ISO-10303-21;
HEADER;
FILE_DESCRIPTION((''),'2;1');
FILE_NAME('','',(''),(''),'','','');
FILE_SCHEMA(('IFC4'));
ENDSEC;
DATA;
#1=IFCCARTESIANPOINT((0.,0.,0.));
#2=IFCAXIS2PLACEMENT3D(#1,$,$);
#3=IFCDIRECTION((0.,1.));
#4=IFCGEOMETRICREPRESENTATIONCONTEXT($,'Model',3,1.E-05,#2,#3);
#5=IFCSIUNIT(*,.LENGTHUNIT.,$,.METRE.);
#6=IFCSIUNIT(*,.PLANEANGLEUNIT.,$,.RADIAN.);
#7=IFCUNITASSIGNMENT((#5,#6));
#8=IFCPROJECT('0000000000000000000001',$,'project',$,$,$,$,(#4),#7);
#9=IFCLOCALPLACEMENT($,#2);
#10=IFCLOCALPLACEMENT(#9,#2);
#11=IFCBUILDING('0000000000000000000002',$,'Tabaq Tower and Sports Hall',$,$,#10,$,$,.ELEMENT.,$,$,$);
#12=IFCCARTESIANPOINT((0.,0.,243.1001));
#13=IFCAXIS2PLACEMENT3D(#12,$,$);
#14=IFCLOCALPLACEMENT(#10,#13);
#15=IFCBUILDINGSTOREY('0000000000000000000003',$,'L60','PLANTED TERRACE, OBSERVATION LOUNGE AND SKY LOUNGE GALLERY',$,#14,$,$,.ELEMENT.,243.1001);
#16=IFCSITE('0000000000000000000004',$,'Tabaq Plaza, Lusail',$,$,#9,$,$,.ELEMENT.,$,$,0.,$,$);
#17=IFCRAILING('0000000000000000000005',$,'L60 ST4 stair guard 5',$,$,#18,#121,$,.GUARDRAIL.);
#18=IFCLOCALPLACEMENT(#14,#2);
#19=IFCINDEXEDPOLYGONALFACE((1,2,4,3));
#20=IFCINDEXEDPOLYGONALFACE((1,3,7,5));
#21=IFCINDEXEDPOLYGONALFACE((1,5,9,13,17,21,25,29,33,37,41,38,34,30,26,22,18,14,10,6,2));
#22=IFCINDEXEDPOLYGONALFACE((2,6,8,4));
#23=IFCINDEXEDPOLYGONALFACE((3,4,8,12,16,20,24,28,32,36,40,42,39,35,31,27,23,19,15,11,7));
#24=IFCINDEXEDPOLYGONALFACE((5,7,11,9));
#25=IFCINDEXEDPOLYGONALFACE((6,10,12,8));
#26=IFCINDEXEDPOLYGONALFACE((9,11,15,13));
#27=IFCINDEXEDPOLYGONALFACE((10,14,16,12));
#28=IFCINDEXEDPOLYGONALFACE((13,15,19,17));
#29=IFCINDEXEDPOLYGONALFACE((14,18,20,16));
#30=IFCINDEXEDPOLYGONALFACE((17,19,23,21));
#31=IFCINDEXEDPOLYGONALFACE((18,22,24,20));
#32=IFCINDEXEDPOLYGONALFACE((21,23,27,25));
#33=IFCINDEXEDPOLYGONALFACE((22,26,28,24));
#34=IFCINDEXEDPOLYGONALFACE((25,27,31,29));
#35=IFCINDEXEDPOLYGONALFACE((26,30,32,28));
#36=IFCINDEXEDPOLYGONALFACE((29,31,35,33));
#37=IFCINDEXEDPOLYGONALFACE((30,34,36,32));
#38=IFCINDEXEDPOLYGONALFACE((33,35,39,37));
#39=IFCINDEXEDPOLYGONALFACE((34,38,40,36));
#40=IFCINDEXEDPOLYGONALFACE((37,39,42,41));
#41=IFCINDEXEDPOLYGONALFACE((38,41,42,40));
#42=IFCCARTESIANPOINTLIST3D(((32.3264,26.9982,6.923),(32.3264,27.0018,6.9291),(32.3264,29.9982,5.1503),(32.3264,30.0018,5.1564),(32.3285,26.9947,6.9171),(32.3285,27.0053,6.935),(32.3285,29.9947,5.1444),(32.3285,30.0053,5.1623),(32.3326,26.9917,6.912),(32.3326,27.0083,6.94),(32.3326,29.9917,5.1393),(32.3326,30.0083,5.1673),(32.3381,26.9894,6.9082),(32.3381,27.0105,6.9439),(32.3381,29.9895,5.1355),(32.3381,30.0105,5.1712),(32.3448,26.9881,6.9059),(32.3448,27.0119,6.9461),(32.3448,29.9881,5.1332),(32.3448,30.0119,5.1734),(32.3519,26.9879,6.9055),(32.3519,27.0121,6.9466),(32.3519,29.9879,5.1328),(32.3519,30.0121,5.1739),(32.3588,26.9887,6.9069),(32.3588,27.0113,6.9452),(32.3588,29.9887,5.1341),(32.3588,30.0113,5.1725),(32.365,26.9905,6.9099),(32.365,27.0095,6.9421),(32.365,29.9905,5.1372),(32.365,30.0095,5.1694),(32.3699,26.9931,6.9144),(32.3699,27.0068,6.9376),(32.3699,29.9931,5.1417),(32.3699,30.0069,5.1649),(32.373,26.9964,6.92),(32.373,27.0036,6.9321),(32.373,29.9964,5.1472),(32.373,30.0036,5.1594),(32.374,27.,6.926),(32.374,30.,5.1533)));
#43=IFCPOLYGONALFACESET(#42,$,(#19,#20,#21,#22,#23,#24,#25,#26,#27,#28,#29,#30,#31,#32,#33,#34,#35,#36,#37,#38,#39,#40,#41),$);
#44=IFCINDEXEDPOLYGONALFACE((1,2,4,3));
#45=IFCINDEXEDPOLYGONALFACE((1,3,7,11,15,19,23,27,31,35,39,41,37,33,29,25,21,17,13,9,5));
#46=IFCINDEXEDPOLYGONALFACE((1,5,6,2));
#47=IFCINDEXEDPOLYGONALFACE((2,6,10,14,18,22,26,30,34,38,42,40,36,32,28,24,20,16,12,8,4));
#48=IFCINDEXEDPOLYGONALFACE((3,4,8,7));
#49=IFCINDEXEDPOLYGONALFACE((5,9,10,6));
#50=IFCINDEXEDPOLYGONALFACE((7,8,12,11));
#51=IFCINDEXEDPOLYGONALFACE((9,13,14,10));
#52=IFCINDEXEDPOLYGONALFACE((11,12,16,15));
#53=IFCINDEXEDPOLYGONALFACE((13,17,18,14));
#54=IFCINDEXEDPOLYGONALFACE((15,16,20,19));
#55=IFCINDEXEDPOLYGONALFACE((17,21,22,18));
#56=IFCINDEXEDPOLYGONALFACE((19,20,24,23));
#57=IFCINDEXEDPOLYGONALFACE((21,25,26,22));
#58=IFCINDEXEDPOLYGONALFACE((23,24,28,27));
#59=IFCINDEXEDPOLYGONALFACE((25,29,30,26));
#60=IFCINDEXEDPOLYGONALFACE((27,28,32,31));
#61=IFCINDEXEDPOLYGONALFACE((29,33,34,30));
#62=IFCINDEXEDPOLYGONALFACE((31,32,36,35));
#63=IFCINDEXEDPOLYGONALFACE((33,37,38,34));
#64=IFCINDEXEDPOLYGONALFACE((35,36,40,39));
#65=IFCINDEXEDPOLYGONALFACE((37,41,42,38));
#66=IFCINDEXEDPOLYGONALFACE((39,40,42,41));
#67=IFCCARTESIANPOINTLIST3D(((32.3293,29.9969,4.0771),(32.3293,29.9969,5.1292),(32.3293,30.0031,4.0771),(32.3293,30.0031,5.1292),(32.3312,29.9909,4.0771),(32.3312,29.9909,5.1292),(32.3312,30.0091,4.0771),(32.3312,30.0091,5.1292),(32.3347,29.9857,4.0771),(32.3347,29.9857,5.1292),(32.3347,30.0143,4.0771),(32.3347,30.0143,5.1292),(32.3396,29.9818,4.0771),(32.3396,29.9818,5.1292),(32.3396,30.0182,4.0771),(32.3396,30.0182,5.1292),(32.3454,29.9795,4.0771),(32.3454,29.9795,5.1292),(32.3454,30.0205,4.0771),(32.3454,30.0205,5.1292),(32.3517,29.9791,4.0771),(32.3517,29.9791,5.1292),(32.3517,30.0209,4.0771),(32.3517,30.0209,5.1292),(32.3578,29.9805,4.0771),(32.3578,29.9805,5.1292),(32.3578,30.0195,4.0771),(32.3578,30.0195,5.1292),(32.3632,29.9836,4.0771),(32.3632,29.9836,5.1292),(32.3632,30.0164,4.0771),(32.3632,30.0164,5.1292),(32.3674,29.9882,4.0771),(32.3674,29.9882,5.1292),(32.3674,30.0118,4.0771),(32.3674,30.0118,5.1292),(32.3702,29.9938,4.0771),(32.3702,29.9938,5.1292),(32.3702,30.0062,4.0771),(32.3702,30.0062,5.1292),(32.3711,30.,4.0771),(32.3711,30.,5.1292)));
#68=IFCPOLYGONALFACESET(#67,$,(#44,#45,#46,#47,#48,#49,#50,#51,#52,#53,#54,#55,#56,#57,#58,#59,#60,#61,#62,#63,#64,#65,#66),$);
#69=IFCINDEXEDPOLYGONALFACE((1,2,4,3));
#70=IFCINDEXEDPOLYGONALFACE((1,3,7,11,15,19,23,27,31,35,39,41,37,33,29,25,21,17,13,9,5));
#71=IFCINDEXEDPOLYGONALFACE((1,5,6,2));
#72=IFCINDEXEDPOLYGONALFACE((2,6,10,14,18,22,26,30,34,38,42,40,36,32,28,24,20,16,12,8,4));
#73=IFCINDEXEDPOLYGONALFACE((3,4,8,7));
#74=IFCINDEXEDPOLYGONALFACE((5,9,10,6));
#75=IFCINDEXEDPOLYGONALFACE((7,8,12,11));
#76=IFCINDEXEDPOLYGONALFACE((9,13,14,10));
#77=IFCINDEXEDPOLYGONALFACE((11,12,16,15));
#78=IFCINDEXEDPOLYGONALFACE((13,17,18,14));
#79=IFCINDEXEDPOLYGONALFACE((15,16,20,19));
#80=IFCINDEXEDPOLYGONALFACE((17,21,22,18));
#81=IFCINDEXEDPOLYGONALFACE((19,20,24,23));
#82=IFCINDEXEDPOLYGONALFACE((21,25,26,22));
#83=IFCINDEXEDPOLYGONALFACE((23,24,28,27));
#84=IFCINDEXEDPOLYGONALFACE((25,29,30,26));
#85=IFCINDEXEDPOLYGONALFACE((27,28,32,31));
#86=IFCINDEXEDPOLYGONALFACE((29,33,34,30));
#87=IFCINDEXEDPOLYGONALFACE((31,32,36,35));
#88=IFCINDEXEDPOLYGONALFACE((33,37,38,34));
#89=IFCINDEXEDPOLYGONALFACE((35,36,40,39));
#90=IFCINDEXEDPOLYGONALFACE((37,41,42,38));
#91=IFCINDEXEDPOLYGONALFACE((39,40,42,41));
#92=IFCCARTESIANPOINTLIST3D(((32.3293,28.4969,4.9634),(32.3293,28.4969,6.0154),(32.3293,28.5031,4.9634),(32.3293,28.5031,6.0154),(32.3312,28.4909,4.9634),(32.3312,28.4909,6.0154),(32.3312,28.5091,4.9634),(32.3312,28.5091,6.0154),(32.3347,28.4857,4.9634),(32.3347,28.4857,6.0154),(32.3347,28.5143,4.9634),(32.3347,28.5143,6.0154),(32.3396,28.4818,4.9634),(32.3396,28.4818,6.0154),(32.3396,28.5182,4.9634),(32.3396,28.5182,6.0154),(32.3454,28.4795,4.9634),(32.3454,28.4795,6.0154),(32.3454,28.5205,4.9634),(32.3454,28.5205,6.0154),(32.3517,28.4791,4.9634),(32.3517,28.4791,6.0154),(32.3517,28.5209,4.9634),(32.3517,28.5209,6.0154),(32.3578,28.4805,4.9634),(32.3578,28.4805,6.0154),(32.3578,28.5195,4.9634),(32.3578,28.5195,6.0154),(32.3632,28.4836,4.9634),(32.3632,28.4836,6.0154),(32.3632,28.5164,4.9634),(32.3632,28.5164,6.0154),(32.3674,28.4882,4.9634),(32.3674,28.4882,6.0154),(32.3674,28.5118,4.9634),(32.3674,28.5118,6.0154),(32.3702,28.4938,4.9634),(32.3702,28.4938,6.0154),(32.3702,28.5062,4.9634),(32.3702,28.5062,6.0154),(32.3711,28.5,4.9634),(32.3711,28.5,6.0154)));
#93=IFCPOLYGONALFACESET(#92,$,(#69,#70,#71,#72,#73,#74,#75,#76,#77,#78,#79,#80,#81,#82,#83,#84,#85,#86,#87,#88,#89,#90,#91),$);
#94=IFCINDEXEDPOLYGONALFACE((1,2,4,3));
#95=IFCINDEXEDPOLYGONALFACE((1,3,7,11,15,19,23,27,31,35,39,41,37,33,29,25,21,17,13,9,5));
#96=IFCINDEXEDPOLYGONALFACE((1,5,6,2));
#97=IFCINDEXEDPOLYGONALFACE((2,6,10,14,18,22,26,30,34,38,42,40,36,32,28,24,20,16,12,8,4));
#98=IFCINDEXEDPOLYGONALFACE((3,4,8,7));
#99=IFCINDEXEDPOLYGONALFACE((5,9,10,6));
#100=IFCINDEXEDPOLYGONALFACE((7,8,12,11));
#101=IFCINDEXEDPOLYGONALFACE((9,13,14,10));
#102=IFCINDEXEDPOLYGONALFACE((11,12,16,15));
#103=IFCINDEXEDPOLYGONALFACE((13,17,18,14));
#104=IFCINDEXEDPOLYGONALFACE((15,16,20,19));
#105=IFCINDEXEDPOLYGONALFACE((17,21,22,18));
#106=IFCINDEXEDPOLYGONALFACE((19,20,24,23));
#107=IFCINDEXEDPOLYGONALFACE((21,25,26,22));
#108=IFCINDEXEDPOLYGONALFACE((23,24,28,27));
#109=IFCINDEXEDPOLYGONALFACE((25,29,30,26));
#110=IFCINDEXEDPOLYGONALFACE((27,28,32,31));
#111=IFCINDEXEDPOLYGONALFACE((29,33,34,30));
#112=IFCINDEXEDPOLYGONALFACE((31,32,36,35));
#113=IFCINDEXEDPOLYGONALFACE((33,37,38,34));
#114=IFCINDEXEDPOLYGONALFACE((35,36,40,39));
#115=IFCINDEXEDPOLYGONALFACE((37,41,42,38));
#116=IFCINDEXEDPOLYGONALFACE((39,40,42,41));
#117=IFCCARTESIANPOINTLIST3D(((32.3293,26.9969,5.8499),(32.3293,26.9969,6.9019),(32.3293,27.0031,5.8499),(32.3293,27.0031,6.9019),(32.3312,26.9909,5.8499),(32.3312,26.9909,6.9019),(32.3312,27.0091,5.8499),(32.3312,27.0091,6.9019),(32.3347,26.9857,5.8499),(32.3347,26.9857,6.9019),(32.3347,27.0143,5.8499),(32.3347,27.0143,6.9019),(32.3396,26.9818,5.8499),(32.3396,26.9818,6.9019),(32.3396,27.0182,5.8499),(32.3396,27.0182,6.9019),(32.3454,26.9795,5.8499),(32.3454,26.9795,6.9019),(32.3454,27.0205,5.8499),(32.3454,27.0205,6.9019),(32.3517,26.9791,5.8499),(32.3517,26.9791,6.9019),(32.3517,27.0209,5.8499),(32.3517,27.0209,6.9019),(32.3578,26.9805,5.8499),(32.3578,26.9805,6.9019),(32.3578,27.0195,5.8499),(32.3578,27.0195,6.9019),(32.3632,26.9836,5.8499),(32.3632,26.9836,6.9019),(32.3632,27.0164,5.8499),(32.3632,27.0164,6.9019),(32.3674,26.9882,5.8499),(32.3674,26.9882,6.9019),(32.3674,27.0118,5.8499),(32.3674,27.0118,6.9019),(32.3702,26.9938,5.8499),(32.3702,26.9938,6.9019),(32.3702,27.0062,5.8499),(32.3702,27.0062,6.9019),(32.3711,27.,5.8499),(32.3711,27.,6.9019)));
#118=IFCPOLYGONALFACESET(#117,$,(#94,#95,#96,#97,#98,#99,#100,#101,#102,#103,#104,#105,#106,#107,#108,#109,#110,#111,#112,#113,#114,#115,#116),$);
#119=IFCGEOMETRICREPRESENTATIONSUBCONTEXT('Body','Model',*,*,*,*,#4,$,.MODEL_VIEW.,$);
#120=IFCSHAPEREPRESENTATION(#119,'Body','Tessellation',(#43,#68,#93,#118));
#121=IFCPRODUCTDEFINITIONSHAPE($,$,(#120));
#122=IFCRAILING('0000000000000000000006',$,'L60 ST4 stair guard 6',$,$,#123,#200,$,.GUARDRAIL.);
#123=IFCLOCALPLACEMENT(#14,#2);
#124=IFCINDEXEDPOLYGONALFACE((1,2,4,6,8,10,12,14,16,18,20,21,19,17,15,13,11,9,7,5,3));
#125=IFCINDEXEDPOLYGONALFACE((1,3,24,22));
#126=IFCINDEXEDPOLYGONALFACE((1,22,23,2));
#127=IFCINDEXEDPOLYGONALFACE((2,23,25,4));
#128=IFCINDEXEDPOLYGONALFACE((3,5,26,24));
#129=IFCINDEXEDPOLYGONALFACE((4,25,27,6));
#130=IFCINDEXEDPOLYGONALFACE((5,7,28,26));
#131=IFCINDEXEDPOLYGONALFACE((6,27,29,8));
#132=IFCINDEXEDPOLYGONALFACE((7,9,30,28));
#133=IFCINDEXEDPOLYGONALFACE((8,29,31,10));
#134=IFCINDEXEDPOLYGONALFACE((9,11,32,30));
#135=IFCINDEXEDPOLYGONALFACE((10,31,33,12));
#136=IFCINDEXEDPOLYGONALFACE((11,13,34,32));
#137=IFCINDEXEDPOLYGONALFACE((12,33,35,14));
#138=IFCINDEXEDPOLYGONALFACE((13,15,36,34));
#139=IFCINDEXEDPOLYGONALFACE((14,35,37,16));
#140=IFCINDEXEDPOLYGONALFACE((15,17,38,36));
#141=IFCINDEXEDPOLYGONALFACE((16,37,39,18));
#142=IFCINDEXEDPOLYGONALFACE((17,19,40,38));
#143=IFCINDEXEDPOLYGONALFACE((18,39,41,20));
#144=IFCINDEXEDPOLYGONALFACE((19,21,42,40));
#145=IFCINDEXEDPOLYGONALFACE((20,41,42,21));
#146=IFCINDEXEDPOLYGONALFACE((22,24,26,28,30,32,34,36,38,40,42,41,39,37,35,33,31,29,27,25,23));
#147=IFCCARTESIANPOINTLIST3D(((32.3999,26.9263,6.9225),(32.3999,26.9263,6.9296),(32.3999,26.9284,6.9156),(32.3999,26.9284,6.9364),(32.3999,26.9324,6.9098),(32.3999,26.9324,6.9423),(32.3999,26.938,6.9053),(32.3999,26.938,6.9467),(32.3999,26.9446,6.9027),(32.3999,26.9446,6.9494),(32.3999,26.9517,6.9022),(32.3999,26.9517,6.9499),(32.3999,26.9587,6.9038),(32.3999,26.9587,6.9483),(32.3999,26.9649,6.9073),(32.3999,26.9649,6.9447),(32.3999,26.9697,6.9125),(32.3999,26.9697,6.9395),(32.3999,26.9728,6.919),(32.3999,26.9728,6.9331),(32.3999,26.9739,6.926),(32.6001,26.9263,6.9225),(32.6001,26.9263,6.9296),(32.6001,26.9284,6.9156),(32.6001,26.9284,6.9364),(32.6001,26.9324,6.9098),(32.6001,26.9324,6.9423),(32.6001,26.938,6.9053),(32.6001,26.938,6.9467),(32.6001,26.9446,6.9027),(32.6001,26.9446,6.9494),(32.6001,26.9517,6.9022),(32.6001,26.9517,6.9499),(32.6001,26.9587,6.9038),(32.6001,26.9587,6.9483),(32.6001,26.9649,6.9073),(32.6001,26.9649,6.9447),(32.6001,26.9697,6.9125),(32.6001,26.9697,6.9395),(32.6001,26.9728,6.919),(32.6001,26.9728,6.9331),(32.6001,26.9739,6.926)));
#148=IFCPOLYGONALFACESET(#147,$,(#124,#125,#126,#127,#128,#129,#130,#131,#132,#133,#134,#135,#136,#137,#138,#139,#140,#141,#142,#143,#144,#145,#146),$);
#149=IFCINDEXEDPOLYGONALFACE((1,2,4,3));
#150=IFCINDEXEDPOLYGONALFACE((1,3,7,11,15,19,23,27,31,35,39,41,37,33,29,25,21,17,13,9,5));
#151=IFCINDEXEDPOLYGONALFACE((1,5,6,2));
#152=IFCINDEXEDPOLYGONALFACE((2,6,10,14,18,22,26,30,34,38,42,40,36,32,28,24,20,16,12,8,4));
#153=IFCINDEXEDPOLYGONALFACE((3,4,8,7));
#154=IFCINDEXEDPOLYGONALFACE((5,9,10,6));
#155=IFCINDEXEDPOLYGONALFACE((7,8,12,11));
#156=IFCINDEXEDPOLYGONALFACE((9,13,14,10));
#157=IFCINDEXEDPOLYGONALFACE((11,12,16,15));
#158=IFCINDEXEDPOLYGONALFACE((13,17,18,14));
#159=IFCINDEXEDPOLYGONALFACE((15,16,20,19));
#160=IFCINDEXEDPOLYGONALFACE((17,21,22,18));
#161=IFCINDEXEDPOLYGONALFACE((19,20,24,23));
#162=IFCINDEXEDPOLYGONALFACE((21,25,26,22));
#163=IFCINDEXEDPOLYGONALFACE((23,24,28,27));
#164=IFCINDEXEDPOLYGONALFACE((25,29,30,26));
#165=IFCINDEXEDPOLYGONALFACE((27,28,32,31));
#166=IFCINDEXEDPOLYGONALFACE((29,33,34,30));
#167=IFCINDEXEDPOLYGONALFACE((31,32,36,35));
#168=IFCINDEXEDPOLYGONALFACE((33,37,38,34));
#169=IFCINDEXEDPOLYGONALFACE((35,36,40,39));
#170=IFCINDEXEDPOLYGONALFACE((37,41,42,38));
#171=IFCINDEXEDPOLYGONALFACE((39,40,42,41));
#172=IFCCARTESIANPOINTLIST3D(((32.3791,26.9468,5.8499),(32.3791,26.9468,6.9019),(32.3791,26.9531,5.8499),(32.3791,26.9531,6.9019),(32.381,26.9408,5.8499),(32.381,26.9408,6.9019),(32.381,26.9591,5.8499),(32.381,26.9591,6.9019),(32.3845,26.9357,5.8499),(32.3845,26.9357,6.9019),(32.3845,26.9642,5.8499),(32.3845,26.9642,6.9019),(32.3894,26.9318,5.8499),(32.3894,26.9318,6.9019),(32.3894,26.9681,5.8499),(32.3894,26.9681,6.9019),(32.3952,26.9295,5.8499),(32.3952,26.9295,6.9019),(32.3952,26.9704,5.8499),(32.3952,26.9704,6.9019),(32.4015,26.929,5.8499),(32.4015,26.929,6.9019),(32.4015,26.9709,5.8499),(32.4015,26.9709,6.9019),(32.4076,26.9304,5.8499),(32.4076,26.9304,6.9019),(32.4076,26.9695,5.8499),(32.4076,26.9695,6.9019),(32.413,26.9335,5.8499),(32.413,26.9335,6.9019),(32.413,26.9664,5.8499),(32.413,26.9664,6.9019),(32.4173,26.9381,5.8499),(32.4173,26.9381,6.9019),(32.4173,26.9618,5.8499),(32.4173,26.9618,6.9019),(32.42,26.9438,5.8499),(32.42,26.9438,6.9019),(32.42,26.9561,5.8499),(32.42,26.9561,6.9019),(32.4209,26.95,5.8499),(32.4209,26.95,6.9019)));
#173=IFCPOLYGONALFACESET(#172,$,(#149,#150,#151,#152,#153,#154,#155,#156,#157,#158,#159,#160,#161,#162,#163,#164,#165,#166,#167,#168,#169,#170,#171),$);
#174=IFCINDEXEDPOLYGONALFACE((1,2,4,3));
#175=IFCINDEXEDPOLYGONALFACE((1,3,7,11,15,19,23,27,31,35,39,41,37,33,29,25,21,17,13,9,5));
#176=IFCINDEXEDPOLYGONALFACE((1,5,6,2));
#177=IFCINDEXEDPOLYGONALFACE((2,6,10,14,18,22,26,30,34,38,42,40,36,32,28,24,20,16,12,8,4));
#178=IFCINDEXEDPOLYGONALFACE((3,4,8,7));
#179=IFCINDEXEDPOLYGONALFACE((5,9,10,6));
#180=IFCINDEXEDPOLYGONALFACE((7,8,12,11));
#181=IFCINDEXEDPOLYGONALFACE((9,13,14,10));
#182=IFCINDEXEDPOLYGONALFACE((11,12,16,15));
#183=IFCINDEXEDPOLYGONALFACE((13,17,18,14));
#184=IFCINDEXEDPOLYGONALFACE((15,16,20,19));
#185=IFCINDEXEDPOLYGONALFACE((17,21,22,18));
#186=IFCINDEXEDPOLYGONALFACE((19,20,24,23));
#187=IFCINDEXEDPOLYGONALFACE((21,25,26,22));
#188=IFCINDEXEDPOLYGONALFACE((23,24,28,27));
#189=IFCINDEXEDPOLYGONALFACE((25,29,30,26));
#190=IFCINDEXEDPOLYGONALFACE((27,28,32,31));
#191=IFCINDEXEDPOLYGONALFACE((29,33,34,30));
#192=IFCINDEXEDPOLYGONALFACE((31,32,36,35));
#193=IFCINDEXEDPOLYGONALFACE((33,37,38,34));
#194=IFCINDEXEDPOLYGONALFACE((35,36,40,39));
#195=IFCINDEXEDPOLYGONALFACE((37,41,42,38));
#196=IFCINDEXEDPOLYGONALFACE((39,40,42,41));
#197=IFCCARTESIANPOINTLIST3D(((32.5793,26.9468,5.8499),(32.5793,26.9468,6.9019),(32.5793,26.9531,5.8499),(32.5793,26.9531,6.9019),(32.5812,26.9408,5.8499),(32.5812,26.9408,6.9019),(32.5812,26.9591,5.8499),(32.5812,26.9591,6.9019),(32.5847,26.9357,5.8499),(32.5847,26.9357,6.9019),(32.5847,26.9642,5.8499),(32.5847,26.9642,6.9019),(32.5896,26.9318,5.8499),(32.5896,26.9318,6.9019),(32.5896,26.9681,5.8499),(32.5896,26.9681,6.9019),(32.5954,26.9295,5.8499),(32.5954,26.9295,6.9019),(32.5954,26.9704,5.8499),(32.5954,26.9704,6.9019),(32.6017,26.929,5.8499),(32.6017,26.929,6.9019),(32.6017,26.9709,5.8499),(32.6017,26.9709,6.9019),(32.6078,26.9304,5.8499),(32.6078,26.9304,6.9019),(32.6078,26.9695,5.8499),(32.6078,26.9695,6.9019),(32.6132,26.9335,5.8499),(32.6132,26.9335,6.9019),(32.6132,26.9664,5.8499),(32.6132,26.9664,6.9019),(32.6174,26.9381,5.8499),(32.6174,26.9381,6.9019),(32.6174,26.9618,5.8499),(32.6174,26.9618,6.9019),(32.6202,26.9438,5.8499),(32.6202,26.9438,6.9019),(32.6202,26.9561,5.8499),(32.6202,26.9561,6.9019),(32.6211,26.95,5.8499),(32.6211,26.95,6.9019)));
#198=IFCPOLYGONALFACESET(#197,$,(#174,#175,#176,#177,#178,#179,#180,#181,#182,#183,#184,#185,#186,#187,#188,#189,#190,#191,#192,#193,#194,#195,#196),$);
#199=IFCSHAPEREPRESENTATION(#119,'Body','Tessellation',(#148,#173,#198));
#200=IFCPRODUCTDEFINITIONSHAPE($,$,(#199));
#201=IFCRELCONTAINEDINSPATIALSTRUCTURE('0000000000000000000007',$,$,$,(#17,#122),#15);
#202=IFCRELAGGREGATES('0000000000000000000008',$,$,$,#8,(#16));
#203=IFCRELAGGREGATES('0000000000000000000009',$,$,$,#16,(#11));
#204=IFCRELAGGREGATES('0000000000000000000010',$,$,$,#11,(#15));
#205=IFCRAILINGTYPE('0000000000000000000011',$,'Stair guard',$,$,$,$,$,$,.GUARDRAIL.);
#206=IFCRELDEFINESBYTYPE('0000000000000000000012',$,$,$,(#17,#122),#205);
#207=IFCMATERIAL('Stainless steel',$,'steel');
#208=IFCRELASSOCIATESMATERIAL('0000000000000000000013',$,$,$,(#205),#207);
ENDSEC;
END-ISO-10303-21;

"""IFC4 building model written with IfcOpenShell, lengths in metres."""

from ifc_helpers import new_model, si_unit, direction, frame, origin, origin_2d, place, context, subcontext, project, spatial, circle, extrude, material, type_object, element, save


model = new_model("IFC4")

# Units and contexts
model_context = context("Model", 3, precision=1e-05, world=origin(), true_north=direction((0.0, 1.0)))
body_context = subcontext(model_context, "Body", "Model", "MODEL_VIEW")
ifc_project = project(units=[si_unit("LENGTHUNIT", "METRE"), si_unit("PLANEANGLEUNIT", "RADIAN")], contexts=[model_context])

# Site, building, storey
site_placement = place(None, origin())
site = spatial("IfcSite", under=ifc_project, at=site_placement, Name="Tabaq Plaza, Lusail", CompositionType="ELEMENT", RefElevation=0.0)
building_placement = place(site_placement, origin())
building = spatial("IfcBuilding", under=site, at=building_placement, Name="Tabaq Tower and Sports Hall", CompositionType="ELEMENT")
storey_placement = place(building_placement, frame((0.0, 0.0, 243.1001)))
storey = spatial("IfcBuildingStorey", under=building, at=storey_placement, Name="L60", Description="PLANTED TERRACE, OBSERVATION LOUNGE AND SKY LOUNGE GALLERY", CompositionType="ELEMENT", Elevation=243.1001)

# Railings
ifc_material_1 = material(Name="Stainless steel", Category="steel")
railing_type_1 = type_object("IfcRailingType", Name="Stair guard", PredefinedType="GUARDRAIL", material=ifc_material_1)
railing_1_placement = place(storey_placement, frame((32.3501, 30.0, 4.0771)))
element("IfcRailing", 1, at=railing_1_placement, inside=storey, type_object=railing_type_1, Name="L60 ST4 stair guard 5", PredefinedType="GUARDRAIL", context=body_context, shape_type="SweptSolid", body=[
    extrude(circle(Radius=0.0239, at=origin_2d()), frame((0.0, 0.0, 1.0762), z_axis=(0.0, -0.860929, 0.508725), x_axis=(1.0, 0.0, 0.0)), (0.0, 0.0, 1.0), 3.4846),
    extrude(circle(Radius=0.021, at=origin_2d()), origin(), (0.0, 0.0, 1.0), 1.052),
    extrude(circle(Radius=0.021, at=origin_2d()), frame((0.0, -1.5, 0.8862)), (0.0, 0.0, 1.0), 1.052),
    extrude(circle(Radius=0.021, at=origin_2d()), frame((0.0, -3.0, 1.7727)), (0.0, 0.0, 1.0), 1.052),
])
railing_2_placement = place(storey_placement, frame((32.3999, 26.95, 5.8499)))
element("IfcRailing", 2, at=railing_2_placement, inside=storey, type_object=railing_type_1, Name="L60 ST4 stair guard 6", PredefinedType="GUARDRAIL", context=body_context, shape_type="SweptSolid", body=[
    extrude(circle(Radius=0.0239, at=origin_2d()), frame((0.0, 0.0, 1.0762), z_axis=(1.0, 0.0, 0.0), x_axis=(0.0, 1.0, 0.0)), (0.0, 0.0, 1.0), 0.2002),
    extrude(circle(Radius=0.021, at=origin_2d()), origin(), (0.0, 0.0, 1.0), 1.052),
    extrude(circle(Radius=0.021, at=origin_2d()), frame((0.2002, 0.0, 0.0)), (0.0, 0.0, 1.0), 1.052),
])

save(model, "model.ifc")
